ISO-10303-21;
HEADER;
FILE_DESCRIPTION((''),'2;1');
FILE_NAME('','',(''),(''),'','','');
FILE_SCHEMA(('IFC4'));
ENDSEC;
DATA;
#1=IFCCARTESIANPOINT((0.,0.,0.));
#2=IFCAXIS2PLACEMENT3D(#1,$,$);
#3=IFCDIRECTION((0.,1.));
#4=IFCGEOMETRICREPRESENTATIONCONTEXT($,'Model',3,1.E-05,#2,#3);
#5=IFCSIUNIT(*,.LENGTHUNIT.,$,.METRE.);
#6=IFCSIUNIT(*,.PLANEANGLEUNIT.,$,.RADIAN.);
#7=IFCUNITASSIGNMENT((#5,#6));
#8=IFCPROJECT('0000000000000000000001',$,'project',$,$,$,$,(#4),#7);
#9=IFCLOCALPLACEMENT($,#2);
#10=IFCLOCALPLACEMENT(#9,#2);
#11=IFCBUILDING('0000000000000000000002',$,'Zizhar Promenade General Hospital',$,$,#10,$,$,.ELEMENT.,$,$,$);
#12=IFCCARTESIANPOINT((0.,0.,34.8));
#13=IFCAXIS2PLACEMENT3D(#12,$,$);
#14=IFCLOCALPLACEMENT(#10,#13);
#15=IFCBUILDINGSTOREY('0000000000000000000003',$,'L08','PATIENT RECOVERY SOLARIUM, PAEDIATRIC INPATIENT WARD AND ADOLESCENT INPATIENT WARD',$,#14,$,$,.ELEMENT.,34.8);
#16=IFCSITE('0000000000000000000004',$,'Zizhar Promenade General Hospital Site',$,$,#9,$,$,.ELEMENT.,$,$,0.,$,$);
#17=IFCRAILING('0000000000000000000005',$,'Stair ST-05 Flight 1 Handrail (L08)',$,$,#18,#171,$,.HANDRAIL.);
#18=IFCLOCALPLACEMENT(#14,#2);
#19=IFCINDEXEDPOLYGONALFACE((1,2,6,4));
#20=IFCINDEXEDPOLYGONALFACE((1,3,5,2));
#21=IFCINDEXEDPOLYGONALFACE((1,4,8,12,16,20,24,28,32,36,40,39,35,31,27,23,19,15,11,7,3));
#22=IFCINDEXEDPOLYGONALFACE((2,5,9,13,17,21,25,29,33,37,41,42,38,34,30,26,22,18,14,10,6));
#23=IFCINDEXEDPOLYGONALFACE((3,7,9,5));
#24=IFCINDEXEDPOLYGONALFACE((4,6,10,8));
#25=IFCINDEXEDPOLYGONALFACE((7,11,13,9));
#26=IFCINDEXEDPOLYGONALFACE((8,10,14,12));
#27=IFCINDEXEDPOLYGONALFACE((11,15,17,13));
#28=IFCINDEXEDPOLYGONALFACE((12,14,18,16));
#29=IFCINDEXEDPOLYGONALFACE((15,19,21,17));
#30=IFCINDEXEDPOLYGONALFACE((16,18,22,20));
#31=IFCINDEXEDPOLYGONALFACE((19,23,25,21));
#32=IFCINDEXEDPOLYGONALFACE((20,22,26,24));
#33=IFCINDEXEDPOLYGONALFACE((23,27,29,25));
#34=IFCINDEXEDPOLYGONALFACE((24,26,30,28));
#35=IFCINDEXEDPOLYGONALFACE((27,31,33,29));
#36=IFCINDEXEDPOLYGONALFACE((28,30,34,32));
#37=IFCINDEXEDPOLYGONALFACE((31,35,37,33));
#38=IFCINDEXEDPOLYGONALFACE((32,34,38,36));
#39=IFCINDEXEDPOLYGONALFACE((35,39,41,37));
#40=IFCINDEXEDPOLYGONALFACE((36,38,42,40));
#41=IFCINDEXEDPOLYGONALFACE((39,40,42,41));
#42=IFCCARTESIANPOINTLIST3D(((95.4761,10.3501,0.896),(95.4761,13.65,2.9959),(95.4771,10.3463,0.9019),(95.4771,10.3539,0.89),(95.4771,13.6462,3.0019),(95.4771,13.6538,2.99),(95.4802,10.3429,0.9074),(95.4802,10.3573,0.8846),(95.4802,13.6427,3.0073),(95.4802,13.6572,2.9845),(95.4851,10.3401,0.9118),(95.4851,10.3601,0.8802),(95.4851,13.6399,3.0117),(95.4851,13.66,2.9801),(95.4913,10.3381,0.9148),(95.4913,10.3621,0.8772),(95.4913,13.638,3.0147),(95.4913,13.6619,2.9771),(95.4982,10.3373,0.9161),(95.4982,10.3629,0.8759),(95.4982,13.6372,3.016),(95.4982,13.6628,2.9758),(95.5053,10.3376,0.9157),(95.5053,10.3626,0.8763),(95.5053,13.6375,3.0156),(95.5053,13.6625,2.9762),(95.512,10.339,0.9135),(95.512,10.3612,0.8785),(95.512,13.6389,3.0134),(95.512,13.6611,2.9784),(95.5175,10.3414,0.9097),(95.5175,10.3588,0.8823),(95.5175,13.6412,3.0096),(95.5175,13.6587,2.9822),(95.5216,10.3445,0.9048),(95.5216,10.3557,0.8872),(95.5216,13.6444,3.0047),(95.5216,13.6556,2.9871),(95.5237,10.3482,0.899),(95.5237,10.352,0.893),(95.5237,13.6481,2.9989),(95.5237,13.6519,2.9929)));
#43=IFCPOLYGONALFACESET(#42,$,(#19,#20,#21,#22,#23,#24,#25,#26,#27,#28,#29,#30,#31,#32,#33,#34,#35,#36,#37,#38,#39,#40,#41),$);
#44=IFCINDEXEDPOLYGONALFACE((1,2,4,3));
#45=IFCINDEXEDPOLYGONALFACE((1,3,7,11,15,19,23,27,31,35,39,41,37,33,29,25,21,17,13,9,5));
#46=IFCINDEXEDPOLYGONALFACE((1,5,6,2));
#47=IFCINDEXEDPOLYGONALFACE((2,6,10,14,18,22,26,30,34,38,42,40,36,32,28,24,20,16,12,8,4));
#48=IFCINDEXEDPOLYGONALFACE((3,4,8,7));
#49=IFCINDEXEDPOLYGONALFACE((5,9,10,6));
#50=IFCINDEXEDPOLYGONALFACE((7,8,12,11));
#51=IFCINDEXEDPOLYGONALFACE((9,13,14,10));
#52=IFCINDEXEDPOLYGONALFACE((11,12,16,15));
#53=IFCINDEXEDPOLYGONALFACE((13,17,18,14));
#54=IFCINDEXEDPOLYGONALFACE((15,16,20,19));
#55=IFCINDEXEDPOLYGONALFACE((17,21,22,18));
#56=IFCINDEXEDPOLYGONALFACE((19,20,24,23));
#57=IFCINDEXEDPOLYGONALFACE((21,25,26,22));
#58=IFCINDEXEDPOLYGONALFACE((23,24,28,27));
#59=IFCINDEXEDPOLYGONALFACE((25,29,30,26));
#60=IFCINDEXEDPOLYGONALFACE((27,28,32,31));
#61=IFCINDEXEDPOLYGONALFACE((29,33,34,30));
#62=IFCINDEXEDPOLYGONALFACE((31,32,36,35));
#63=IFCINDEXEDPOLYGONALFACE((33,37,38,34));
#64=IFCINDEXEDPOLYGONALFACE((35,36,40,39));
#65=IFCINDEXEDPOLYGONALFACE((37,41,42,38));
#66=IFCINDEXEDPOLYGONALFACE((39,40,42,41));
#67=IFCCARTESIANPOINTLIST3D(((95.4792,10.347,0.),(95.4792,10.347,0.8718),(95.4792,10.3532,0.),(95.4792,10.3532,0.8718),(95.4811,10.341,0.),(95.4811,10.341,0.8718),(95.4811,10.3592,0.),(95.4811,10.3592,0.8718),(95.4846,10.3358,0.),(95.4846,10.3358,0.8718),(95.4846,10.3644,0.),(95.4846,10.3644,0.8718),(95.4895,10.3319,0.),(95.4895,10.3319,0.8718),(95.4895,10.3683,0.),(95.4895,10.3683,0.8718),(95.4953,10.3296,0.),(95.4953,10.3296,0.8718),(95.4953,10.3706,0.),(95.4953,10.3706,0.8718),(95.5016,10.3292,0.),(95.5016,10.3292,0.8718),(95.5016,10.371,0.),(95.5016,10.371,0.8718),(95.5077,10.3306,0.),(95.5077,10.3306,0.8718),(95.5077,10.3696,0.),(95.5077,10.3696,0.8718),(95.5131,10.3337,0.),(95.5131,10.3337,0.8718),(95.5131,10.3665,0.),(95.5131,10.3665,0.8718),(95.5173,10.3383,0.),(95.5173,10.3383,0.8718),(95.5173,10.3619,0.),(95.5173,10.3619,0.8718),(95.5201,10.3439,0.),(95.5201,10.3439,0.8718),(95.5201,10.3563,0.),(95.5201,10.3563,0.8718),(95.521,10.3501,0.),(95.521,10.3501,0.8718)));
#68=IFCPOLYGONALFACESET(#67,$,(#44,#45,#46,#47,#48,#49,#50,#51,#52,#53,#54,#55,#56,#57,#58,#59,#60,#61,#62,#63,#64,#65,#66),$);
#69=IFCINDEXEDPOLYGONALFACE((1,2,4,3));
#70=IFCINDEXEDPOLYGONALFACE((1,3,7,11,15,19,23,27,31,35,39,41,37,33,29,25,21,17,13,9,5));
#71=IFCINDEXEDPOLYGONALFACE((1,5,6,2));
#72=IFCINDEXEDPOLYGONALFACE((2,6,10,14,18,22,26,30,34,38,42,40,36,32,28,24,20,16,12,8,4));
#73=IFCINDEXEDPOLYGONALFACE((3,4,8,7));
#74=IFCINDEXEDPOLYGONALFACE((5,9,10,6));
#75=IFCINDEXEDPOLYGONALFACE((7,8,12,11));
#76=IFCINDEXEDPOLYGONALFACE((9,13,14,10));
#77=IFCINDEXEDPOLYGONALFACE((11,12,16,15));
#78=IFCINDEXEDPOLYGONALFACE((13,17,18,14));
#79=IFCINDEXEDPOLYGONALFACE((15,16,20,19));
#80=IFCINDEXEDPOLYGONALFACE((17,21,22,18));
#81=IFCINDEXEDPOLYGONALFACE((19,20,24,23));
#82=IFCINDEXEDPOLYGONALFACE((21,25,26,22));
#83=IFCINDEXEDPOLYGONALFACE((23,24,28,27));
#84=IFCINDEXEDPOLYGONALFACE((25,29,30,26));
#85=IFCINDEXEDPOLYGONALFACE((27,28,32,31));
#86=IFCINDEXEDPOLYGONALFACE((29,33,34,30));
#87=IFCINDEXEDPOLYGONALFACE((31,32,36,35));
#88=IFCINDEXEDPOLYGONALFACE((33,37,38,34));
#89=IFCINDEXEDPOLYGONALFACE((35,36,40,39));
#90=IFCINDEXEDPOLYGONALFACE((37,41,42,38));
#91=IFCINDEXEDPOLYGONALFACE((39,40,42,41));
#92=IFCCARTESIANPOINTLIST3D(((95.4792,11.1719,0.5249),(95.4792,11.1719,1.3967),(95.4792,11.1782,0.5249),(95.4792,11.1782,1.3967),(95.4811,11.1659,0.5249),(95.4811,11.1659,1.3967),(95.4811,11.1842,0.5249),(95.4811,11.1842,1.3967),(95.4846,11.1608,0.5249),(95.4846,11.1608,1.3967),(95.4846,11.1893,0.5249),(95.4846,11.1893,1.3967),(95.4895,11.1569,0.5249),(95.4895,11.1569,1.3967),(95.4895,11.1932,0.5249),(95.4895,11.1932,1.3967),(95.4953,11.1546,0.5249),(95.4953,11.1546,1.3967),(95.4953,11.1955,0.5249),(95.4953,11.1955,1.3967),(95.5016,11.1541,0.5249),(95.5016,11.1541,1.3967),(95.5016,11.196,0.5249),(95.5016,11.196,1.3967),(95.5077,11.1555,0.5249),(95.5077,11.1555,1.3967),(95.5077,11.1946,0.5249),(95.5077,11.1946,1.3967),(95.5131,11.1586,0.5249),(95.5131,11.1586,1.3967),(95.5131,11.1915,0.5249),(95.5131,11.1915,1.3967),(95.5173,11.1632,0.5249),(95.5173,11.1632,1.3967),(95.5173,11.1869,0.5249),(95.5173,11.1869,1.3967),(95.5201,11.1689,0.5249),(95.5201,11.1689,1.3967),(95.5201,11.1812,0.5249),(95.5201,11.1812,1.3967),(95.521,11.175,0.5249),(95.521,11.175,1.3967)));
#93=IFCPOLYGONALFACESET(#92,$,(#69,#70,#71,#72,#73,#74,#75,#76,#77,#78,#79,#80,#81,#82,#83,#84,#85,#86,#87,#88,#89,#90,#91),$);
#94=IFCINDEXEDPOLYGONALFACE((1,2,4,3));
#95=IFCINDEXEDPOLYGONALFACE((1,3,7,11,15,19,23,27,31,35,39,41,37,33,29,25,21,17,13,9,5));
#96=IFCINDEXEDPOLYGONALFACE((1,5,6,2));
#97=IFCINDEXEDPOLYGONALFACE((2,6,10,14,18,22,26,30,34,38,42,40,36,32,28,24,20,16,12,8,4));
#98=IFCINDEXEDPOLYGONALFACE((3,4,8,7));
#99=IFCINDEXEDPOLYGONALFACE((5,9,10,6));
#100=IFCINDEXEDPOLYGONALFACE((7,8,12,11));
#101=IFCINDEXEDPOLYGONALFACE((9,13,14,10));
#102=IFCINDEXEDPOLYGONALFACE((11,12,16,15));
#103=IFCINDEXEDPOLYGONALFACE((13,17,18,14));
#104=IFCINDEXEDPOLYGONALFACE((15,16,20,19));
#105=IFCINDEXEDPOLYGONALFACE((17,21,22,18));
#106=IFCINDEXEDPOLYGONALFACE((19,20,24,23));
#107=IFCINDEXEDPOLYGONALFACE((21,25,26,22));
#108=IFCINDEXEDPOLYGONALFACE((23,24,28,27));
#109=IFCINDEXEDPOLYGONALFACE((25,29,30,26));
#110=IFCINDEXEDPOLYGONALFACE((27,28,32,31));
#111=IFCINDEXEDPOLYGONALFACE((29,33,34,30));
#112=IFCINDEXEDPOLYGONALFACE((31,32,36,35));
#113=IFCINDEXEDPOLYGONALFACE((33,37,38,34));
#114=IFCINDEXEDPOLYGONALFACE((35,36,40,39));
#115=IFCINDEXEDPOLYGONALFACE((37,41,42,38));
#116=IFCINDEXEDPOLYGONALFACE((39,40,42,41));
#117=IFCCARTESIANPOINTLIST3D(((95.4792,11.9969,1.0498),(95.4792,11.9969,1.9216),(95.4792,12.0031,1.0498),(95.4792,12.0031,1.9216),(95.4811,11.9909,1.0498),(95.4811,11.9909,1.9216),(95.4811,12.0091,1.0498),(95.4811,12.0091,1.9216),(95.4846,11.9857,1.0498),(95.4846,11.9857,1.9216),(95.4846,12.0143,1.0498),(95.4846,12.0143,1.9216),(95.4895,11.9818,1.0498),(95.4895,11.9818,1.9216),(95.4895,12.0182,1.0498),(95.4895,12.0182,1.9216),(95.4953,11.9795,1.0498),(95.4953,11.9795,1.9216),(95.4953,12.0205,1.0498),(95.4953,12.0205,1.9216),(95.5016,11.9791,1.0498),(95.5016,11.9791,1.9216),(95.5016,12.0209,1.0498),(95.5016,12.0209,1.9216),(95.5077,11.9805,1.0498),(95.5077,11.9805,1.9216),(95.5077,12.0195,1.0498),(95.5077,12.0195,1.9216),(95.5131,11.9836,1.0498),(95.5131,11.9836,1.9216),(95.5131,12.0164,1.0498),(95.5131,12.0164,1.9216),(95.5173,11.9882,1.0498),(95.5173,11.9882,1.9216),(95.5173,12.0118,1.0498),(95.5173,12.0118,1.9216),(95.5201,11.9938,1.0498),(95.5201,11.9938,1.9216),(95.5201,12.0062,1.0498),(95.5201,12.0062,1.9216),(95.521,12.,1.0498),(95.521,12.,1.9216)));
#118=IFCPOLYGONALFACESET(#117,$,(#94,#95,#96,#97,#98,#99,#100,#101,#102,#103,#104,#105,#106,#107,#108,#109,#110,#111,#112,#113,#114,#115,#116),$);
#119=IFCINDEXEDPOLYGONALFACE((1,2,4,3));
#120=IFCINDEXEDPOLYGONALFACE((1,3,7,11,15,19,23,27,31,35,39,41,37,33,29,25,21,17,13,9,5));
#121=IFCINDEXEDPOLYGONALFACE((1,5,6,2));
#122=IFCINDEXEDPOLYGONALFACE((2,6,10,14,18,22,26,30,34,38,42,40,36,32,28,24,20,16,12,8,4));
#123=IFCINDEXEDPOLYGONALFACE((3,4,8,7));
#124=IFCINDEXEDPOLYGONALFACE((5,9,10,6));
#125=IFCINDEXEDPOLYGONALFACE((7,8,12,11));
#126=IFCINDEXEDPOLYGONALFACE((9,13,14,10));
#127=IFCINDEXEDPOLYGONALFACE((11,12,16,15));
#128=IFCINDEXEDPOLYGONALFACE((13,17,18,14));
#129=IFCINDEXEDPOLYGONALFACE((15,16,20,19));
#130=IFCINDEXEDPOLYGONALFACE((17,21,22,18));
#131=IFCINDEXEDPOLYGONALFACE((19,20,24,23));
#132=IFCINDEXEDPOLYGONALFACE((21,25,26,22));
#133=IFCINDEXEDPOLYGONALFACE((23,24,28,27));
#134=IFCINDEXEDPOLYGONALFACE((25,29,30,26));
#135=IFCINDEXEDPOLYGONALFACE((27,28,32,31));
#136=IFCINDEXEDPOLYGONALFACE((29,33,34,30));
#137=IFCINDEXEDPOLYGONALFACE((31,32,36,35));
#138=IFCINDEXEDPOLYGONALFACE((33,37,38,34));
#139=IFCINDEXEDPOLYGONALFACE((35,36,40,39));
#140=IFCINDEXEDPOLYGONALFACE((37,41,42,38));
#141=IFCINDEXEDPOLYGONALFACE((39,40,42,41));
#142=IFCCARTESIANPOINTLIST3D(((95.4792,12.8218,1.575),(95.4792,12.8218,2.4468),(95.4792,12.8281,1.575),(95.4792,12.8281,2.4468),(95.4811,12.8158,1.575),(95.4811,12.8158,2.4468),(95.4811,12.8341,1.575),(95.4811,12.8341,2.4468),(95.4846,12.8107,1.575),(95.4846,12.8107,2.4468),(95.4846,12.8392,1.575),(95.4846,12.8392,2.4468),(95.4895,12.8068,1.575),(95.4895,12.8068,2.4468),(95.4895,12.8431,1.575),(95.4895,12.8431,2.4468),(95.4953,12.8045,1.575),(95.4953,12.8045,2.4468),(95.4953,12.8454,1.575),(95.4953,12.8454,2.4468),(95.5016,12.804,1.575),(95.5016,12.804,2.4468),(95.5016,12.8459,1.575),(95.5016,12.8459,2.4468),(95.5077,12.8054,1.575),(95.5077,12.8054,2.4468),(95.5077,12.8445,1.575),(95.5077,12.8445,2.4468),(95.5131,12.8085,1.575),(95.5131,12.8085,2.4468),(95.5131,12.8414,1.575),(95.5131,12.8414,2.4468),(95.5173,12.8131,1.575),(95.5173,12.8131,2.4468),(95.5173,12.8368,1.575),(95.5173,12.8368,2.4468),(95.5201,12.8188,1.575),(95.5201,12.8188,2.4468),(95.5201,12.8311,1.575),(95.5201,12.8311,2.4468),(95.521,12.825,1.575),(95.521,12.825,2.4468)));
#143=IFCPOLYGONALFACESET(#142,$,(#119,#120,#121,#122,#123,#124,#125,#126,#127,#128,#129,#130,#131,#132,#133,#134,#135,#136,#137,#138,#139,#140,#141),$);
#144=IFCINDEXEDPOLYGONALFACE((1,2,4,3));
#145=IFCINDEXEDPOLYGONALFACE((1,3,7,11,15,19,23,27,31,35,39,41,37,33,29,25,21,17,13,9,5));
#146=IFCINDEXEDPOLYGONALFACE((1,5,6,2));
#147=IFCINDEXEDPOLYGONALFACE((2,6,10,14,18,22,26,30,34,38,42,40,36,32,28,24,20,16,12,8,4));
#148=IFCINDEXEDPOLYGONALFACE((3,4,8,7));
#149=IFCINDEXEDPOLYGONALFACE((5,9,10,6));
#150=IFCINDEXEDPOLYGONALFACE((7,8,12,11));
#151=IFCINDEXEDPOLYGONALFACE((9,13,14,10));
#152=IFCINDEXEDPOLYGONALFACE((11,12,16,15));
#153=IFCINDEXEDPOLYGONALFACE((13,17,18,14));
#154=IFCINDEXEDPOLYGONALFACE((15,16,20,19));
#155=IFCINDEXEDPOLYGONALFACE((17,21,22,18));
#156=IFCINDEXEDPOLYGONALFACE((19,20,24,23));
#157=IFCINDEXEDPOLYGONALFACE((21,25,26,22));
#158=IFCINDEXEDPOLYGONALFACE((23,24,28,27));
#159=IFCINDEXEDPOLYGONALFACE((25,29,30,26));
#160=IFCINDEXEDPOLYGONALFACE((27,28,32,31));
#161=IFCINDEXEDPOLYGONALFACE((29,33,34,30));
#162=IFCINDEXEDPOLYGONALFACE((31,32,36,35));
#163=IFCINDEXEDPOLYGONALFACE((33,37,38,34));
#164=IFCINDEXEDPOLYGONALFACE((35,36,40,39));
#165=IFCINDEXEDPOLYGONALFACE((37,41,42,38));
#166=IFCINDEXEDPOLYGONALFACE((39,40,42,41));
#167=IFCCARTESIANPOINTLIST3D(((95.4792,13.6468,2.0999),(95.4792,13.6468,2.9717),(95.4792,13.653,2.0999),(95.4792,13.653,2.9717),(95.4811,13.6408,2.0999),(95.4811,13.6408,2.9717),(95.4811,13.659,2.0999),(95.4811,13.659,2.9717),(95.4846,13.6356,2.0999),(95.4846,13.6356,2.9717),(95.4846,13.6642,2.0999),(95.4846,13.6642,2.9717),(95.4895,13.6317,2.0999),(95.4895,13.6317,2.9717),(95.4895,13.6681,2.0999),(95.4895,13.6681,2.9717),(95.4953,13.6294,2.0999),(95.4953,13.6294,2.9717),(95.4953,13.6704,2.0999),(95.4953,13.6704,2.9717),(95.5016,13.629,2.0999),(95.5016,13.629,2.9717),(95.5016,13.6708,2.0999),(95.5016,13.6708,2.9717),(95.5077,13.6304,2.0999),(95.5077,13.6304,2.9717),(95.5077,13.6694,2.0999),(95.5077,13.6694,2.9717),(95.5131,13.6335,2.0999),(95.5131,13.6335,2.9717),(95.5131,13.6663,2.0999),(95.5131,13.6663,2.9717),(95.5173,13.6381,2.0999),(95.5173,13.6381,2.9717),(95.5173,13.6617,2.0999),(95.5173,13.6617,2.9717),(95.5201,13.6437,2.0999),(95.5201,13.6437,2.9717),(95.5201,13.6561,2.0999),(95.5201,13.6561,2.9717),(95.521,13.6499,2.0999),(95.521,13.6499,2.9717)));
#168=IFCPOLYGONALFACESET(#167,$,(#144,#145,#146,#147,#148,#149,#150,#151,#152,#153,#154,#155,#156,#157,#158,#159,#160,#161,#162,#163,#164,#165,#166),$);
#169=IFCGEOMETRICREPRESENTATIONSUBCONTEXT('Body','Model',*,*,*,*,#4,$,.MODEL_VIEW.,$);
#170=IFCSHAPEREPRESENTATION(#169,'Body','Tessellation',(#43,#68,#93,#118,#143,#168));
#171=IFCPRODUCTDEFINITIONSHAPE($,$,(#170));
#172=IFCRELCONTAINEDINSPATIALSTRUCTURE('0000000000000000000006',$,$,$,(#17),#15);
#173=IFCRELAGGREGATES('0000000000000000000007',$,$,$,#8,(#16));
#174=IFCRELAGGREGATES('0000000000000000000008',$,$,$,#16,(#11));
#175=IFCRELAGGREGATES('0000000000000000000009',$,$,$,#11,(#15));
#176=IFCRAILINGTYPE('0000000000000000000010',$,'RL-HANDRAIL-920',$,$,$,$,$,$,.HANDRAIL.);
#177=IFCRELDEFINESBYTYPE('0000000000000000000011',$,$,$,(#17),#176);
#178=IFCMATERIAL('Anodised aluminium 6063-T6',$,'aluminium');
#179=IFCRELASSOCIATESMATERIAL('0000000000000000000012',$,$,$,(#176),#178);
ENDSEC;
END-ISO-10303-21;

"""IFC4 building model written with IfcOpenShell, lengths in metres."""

from ifc_helpers import new_model, si_unit, direction, frame, origin, origin_2d, place, context, subcontext, project, spatial, circle, hollow_circle, extrude, material, material_profile, profile_set, type_object, element, save


model = new_model("IFC4")

# Units and contexts
model_context = context("Model", 3, precision=1e-05, world=origin(), true_north=direction((0.0, 1.0)))
body_context = subcontext(model_context, "Body", "Model", "MODEL_VIEW")
ifc_project = project(units=[si_unit("LENGTHUNIT", "METRE"), si_unit("PLANEANGLEUNIT", "RADIAN")], contexts=[model_context])

# Site, building, storey
site_placement = place(None, origin())
site = spatial("IfcSite", under=ifc_project, at=site_placement, Name="Zizhar Promenade General Hospital Site", CompositionType="ELEMENT", RefElevation=0.0)
building_placement = place(site_placement, origin())
building = spatial("IfcBuilding", under=site, at=building_placement, Name="Zizhar Promenade General Hospital", CompositionType="ELEMENT")
storey_placement = place(building_placement, frame((0.0, 0.0, 34.8)))
storey = spatial("IfcBuildingStorey", under=building, at=storey_placement, Name="L08", Description="PATIENT RECOVERY SOLARIUM, PAEDIATRIC INPATIENT WARD AND ADOLESCENT INPATIENT WARD", CompositionType="ELEMENT", Elevation=34.8)

# Railing
ifc_material_1 = material(Name="Anodised aluminium 6063-T6", Category="aluminium")
ifc_material_profile_1 = material_profile(ifc_material_1, hollow_circle(Radius=0.0698, WallThickness=0.0063, at=origin_2d()))
ifc_profile_set_1 = profile_set([ifc_material_profile_1], Name="Anodised aluminium 6063-T6")
railing_type_1 = type_object("IfcRailingType", Name="RL-HANDRAIL-920", PredefinedType="HANDRAIL", material=ifc_profile_set_1)
railing_1_placement = place(storey_placement, frame((95.5, 10.3501, 0.0)))
element("IfcRailing", 1, at=railing_1_placement, inside=storey, type_object=railing_type_1, Name="Stair ST-05 Flight 1 Handrail (L08)", PredefinedType="HANDRAIL", context=body_context, shape_type="SweptSolid", body=[
    extrude(circle(Radius=0.0239, at=origin_2d()), frame((0.0, 0.0, 0.896), z_axis=(0.0, 0.843664, 0.536871), x_axis=(-1.0, 0.0, 0.0)), (0.0, 0.0, 1.0), 3.9114),
    extrude(circle(Radius=0.021, at=origin_2d()), origin(), (0.0, 0.0, 1.0), 0.8718),
    extrude(circle(Radius=0.021, at=origin_2d()), frame((0.0, 0.825, 0.5249)), (0.0, 0.0, 1.0), 0.8718),
    extrude(circle(Radius=0.021, at=origin_2d()), frame((0.0, 1.6499, 1.0498)), (0.0, 0.0, 1.0), 0.8718),
    extrude(circle(Radius=0.021, at=origin_2d()), frame((0.0, 2.4749, 1.575)), (0.0, 0.0, 1.0), 0.8718),
    extrude(circle(Radius=0.021, at=origin_2d()), frame((0.0, 3.2998, 2.0999)), (0.0, 0.0, 1.0), 0.8718),
])

save(model, "model.ifc")
